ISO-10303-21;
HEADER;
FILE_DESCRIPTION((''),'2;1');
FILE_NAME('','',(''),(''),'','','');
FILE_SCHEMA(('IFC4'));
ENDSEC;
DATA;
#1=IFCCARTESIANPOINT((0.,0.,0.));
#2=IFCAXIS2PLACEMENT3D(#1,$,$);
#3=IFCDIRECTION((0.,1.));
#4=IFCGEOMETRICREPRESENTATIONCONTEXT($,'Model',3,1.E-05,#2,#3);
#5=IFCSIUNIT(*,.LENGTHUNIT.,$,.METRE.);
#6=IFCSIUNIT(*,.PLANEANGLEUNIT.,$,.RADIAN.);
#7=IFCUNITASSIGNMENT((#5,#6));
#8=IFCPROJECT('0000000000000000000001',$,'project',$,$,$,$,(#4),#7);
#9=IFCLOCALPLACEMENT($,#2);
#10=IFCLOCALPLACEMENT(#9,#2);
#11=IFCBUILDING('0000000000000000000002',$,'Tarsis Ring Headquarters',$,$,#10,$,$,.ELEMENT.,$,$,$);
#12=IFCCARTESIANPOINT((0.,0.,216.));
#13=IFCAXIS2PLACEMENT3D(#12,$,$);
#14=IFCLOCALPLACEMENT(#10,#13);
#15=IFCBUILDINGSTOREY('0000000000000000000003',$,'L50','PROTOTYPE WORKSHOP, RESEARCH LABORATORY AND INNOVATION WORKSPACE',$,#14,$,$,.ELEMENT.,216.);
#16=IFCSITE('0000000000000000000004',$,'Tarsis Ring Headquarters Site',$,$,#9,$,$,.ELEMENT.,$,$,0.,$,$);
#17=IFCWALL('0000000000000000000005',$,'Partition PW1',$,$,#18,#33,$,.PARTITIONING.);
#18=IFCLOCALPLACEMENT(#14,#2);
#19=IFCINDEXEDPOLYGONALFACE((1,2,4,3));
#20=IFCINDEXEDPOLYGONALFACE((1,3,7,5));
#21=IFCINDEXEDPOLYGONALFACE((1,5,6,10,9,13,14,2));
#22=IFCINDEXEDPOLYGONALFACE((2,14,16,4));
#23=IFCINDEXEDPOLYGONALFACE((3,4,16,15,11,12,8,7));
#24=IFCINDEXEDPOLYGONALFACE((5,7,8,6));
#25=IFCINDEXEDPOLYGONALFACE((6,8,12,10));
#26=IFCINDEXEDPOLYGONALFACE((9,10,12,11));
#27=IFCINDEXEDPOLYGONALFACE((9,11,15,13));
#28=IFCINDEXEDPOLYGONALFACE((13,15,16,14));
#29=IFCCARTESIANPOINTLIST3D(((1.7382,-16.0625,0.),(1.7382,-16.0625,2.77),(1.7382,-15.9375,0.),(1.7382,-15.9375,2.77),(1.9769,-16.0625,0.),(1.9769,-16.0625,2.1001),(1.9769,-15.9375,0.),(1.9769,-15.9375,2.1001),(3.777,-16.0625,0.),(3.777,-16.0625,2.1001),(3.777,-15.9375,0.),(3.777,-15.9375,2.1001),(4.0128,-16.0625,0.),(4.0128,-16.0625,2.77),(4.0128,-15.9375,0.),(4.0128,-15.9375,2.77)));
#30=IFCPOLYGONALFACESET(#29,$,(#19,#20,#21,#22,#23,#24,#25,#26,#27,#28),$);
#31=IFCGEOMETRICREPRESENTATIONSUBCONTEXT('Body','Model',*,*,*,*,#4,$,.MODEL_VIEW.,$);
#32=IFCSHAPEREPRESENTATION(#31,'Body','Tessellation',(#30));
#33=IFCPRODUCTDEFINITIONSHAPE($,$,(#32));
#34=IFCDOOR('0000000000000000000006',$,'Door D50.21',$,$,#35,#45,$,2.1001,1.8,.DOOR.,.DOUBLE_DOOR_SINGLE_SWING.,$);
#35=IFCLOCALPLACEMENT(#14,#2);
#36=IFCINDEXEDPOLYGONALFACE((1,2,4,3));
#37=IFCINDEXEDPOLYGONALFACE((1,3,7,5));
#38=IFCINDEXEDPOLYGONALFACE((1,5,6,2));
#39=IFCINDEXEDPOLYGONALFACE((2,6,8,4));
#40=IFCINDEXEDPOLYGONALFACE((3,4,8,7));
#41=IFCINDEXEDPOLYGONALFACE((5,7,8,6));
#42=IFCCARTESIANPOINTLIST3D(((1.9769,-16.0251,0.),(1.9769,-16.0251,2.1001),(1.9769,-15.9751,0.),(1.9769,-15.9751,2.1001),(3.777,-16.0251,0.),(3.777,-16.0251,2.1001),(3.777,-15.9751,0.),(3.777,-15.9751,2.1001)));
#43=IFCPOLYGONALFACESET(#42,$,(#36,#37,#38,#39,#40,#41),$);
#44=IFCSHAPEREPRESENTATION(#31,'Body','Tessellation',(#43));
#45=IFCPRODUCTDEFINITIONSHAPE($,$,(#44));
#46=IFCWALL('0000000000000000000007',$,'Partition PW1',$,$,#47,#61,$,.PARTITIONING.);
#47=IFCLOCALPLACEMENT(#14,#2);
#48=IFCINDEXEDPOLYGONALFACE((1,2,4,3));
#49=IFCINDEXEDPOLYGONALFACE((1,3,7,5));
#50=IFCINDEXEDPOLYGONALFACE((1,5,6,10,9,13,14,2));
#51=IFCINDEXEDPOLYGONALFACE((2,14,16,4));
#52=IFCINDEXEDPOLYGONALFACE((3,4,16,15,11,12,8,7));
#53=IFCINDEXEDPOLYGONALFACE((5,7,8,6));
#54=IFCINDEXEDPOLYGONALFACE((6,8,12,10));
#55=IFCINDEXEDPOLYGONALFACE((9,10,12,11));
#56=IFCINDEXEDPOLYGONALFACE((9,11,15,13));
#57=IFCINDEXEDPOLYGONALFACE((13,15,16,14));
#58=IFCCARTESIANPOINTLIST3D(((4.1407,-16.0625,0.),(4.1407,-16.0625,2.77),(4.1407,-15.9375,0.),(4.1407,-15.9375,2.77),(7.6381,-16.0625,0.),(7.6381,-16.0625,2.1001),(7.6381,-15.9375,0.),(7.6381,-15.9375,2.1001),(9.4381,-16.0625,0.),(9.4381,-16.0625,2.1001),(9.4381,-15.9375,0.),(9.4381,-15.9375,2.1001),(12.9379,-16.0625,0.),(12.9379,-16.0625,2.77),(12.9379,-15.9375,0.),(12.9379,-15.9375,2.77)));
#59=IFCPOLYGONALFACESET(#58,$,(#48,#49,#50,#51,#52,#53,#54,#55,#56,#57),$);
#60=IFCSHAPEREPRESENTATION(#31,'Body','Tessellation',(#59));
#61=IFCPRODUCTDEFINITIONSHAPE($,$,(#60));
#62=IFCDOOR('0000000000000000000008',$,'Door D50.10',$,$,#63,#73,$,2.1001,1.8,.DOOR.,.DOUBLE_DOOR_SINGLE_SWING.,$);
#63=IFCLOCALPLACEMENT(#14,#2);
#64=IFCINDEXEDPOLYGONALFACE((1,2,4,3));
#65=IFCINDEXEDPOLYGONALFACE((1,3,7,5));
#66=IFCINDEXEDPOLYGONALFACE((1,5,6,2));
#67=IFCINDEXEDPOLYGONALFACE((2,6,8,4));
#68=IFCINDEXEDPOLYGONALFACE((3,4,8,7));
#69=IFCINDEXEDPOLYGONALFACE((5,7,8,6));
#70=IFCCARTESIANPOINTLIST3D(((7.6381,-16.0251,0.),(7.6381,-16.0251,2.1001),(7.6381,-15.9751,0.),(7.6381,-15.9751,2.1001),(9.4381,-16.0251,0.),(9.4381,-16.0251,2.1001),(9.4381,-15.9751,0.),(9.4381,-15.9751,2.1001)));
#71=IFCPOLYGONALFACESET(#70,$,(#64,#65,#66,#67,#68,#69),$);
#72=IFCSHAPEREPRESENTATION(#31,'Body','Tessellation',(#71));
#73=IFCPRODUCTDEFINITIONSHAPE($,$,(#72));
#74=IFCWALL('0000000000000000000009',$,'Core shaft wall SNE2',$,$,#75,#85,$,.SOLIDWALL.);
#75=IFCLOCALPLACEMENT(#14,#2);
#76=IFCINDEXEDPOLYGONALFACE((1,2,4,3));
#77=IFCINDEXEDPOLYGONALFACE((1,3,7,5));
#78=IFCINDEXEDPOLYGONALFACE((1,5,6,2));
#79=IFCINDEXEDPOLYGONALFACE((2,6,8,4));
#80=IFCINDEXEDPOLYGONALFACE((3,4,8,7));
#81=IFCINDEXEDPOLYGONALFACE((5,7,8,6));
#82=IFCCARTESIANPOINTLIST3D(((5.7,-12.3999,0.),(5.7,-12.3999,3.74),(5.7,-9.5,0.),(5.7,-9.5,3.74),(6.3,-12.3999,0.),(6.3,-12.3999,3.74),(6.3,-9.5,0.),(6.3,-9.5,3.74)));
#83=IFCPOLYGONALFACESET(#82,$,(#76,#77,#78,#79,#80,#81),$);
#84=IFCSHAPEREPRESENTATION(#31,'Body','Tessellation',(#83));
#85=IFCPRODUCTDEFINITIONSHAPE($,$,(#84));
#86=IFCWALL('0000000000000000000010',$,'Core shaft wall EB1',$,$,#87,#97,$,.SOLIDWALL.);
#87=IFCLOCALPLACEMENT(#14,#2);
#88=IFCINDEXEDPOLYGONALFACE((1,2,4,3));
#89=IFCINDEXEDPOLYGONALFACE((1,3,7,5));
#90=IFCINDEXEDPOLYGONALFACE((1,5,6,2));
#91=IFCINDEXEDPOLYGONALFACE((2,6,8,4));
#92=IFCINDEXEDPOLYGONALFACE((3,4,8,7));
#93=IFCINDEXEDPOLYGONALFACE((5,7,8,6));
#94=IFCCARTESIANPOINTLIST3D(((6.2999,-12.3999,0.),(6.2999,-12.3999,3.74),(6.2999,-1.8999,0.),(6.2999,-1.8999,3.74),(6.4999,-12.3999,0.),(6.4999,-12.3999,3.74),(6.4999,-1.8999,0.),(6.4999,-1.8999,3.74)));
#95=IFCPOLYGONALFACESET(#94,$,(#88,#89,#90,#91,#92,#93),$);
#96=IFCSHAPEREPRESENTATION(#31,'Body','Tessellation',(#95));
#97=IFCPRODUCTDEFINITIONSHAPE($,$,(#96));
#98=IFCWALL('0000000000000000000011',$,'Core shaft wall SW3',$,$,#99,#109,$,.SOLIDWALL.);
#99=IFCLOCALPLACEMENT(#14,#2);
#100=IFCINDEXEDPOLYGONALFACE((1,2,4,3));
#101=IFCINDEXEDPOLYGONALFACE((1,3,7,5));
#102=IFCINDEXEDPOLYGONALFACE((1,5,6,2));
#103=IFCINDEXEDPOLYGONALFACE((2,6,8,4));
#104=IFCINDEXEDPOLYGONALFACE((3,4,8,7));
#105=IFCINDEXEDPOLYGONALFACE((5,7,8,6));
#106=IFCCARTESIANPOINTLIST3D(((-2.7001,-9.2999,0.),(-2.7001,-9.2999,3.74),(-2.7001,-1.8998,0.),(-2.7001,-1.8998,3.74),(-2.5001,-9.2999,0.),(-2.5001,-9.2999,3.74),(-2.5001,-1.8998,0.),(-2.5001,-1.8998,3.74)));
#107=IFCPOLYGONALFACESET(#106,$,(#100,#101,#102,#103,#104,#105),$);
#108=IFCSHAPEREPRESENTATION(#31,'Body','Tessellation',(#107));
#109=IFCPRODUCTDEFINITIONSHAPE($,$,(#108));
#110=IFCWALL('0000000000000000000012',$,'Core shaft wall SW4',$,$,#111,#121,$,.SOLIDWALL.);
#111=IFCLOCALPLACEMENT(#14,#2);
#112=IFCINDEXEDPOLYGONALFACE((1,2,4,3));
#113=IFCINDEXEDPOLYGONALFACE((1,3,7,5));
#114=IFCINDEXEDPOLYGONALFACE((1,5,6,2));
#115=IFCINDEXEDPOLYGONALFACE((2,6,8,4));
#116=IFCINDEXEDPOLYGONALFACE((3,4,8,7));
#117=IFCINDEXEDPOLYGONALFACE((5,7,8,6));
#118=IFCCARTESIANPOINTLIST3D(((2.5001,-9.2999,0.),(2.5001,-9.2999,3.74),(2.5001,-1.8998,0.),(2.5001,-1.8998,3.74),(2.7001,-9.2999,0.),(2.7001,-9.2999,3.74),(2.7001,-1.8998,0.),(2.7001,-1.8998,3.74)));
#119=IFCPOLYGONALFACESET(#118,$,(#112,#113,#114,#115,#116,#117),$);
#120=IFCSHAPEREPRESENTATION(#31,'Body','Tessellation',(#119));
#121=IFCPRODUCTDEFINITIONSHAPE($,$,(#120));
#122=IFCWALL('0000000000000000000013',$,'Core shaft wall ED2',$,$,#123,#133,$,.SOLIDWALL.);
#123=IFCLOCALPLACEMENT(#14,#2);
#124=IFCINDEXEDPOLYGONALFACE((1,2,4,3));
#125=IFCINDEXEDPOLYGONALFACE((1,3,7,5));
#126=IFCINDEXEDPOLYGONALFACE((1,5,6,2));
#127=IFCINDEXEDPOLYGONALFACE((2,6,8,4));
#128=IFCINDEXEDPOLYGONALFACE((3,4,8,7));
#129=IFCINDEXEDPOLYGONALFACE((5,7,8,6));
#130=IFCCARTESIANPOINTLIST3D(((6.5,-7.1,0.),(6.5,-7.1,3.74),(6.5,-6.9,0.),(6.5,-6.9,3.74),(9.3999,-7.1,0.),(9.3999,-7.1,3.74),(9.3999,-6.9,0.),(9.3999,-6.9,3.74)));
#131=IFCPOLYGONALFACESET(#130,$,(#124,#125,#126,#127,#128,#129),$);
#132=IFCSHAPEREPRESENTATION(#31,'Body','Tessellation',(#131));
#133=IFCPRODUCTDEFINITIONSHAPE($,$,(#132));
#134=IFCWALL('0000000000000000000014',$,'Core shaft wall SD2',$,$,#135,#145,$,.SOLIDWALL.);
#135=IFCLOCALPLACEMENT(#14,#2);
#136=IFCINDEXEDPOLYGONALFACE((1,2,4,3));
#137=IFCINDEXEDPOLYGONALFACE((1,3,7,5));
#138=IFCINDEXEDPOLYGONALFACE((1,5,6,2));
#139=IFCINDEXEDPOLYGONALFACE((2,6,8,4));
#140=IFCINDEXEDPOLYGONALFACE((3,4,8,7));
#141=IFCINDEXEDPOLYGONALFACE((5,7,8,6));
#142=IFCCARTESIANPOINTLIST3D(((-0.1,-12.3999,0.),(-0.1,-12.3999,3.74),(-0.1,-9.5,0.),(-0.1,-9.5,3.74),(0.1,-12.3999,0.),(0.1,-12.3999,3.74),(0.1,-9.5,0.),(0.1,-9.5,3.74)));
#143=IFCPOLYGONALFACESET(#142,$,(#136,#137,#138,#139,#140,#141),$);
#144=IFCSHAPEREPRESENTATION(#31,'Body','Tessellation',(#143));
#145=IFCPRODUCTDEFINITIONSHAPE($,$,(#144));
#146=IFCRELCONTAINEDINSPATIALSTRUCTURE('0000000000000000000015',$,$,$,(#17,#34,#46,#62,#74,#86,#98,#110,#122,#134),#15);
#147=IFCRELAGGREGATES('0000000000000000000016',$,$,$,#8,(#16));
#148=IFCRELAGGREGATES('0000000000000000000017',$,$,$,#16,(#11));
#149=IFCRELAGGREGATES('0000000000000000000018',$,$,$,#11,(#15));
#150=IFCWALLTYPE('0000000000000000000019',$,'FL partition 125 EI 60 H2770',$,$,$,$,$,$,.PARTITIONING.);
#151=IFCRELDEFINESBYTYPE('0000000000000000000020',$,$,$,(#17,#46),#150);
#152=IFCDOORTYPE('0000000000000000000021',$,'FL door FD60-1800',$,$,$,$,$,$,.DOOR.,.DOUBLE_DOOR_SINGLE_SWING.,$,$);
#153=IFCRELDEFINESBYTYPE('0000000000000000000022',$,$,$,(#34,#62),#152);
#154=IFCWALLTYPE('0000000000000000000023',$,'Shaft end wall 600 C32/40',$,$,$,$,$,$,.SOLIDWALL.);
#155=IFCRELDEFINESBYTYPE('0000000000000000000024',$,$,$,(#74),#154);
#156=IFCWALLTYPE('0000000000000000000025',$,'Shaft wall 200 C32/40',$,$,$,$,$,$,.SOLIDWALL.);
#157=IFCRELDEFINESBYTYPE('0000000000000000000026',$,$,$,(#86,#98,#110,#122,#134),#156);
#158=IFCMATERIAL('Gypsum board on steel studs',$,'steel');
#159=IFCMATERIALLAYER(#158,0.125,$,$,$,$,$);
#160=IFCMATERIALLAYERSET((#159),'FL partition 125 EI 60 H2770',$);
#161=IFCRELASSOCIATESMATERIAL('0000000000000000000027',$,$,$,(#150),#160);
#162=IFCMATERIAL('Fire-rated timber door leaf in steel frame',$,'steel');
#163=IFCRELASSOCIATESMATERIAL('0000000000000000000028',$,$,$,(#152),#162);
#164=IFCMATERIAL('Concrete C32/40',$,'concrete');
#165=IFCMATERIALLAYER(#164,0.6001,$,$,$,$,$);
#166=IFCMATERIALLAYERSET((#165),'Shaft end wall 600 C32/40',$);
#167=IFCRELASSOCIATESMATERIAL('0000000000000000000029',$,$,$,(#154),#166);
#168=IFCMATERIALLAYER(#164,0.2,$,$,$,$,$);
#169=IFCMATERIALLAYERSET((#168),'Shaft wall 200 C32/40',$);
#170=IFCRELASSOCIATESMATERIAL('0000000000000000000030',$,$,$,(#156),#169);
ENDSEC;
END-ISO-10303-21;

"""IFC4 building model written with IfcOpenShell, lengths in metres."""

from ifc_helpers import new_model, si_unit, direction, frame, frame_2d, origin, place, context, subcontext, project, spatial, rectangle, extrude, material, layer, layer_set, type_object, element, fill, save


model = new_model("IFC4")

# Units and contexts
model_context = context("Model", 3, precision=1e-05, world=origin(), true_north=direction((0.0, 1.0)))
body_context = subcontext(model_context, "Body", "Model", "MODEL_VIEW")
ifc_project = project(units=[si_unit("LENGTHUNIT", "METRE"), si_unit("PLANEANGLEUNIT", "RADIAN")], contexts=[model_context])

# Site, building, storey
site_placement = place(None, origin())
site = spatial("IfcSite", under=ifc_project, at=site_placement, Name="Tarsis Ring Headquarters Site", CompositionType="ELEMENT", RefElevation=0.0)
building_placement = place(site_placement, origin())
building = spatial("IfcBuilding", under=site, at=building_placement, Name="Tarsis Ring Headquarters", CompositionType="ELEMENT")
storey_placement = place(building_placement, frame((0.0, 0.0, 216.0)))
storey = spatial("IfcBuildingStorey", under=building, at=storey_placement, Name="L50", Description="PROTOTYPE WORKSHOP, RESEARCH LABORATORY AND INNOVATION WORKSPACE", CompositionType="ELEMENT", Elevation=216.0)

# Shared definitions
ifc_material_1 = material(Name="Gypsum board on steel studs", Category="steel")
ifc_layer_1 = layer(ifc_material_1, 0.125)
ifc_layer_set_1 = layer_set([ifc_layer_1], Name="FL partition 125 EI 60 H2770")
wall_type_1 = type_object("IfcWallType", Name="FL partition 125 EI 60 H2770", PredefinedType="PARTITIONING", material=ifc_layer_set_1)

# Walls, openings, doors
wall_1_placement = place(storey_placement, frame((1.7383, -16.0, 0.0), z_axis=(0.0, 0.0, 1.0), x_axis=(1.0, 0.0, 0.0)))
wall_1 = element("IfcWall", 1, at=wall_1_placement, inside=storey, type_object=wall_type_1, Name="Partition PW1", PredefinedType="PARTITIONING", context=body_context, shape_type="SweptSolid", body=[
    extrude(rectangle(XDim=2.2747, YDim=0.125, at=frame_2d((1.1372, 0.0))), origin(), (0.0, 0.0, 1.0), 2.77),
])
opening_1_placement = place(wall_1_placement, frame((0.2388, 0.0, 0.0)))
opening_1 = element("IfcOpeningElement", 2, at=opening_1_placement, cuts=wall_1, PredefinedType="OPENING", context=body_context, shape_type="SweptSolid", body=[
    extrude(rectangle(XDim=1.8, YDim=2.1001, at=frame_2d((0.8999, 1.05))), frame((0.0, 0.0725, 0.0), z_axis=(0.0, -1.0, 0.0), x_axis=(1.0, 0.0, 0.0)), (0.0, 0.0, 1.0), 0.145),
])
ifc_material_2 = material(Name="Fire-rated timber door leaf in steel frame", Category="steel")
door_type_1 = type_object("IfcDoorType", Name="FL door FD60-1800", OperationType="DOUBLE_DOOR_SINGLE_SWING", PredefinedType="DOOR", material=ifc_material_2)
door_1_placement = place(opening_1_placement, origin())
door_1 = element("IfcDoor", 3, at=door_1_placement, inside=storey, type_object=door_type_1, Name="Door D50.21", OperationType="DOUBLE_DOOR_SINGLE_SWING", OverallHeight=2.1001, OverallWidth=1.8, PredefinedType="DOOR", context=body_context, shape_type="SweptSolid", body=[
    extrude(rectangle(XDim=1.8, YDim=2.1001, at=frame_2d((0.8999, 1.05))), frame((0.0, 0.0249, 0.0), z_axis=(0.0, -1.0, 0.0), x_axis=(1.0, 0.0, 0.0)), (0.0, 0.0, 1.0), 0.05),
])
fill(opening_1, door_1)
wall_2_placement = place(storey_placement, frame((4.1409, -16.0, 0.0), z_axis=(0.0, 0.0, 1.0), x_axis=(1.0, 0.0, 0.0)))
wall_2 = element("IfcWall", 4, at=wall_2_placement, inside=storey, type_object=wall_type_1, Name="Partition PW1", PredefinedType="PARTITIONING", context=body_context, shape_type="SweptSolid", body=[
    extrude(rectangle(XDim=8.7971, YDim=0.125, at=frame_2d((4.3984, 0.0))), origin(), (0.0, 0.0, 1.0), 2.77),
])
opening_2_placement = place(wall_2_placement, frame((3.4973, 0.0, 0.0)))
opening_2 = element("IfcOpeningElement", 5, at=opening_2_placement, cuts=wall_2, PredefinedType="OPENING", context=body_context, shape_type="SweptSolid", body=[
    extrude(rectangle(XDim=1.8, YDim=2.1001, at=frame_2d((0.8999, 1.05))), frame((0.0, 0.0725, 0.0), z_axis=(0.0, -1.0, 0.0), x_axis=(1.0, 0.0, 0.0)), (0.0, 0.0, 1.0), 0.145),
])
door_2_placement = place(opening_2_placement, origin())
door_2 = element("IfcDoor", 6, at=door_2_placement, inside=storey, type_object=door_type_1, Name="Door D50.10", OperationType="DOUBLE_DOOR_SINGLE_SWING", OverallHeight=2.1001, OverallWidth=1.8, PredefinedType="DOOR", context=body_context, shape_type="SweptSolid", body=[
    extrude(rectangle(XDim=1.8, YDim=2.1001, at=frame_2d((0.8999, 1.05))), frame((0.0, 0.0249, 0.0), z_axis=(0.0, -1.0, 0.0), x_axis=(1.0, 0.0, 0.0)), (0.0, 0.0, 1.0), 0.05),
])
fill(opening_2, door_2)

# Walls
ifc_material_3 = material(Name="Concrete C32/40", Category="concrete")
ifc_layer_2 = layer(ifc_material_3, 0.6001)
ifc_layer_set_2 = layer_set([ifc_layer_2], Name="Shaft end wall 600 C32/40")
wall_type_2 = type_object("IfcWallType", Name="Shaft end wall 600 C32/40", PredefinedType="SOLIDWALL", material=ifc_layer_set_2)
wall_3_placement = place(storey_placement, frame((6.0, -12.3999, 0.0), z_axis=(0.0, 0.0, 1.0), x_axis=(0.0, 1.0, 0.0)))
element("IfcWall", 7, at=wall_3_placement, inside=storey, type_object=wall_type_2, Name="Core shaft wall SNE2", PredefinedType="SOLIDWALL", context=body_context, shape_type="SweptSolid", body=[
    extrude(rectangle(XDim=2.8999, YDim=0.6001, at=frame_2d((1.45, 0.0))), origin(), (0.0, 0.0, 1.0), 3.74),
])
ifc_layer_3 = layer(ifc_material_3, 0.2)
ifc_layer_set_3 = layer_set([ifc_layer_3], Name="Shaft wall 200 C32/40")
wall_type_3 = type_object("IfcWallType", Name="Shaft wall 200 C32/40", PredefinedType="SOLIDWALL", material=ifc_layer_set_3)
wall_4_placement = place(storey_placement, frame((6.3999, -12.3999, 0.0), z_axis=(0.0, 0.0, 1.0), x_axis=(0.0, 1.0, 0.0)))
element("IfcWall", 8, at=wall_4_placement, inside=storey, type_object=wall_type_3, Name="Core shaft wall EB1", PredefinedType="SOLIDWALL", context=body_context, shape_type="SweptSolid", body=[
    extrude(rectangle(XDim=10.5, YDim=0.2, at=frame_2d((5.25, 0.0))), origin(), (0.0, 0.0, 1.0), 3.74),
])
for number, where, z_axis, x_axis, name in (
    (9, (-2.6001, -9.3, 0.0), (0.0, 0.0, 1.0), (0.0, 1.0, 0.0), "Core shaft wall SW3"),
    (10, (2.6001, -9.3, 0.0), (0.0, 0.0, 1.0), (0.0, 1.0, 0.0), "Core shaft wall SW4"),
):
    element("IfcWall", number, at=place(storey_placement, frame(where, z_axis=z_axis, x_axis=x_axis)), inside=storey, type_object=wall_type_3, Name=name, PredefinedType="SOLIDWALL", context=body_context, shape_type="SweptSolid", body=[
        extrude(rectangle(XDim=7.4001, YDim=0.2, at=frame_2d((3.7002, 0.0))), origin(), (0.0, 0.0, 1.0), 3.74),
    ])
for number, where, z_axis, x_axis, name in (
    (11, (6.5, -7.0, 0.0), (0.0, 0.0, 1.0), (1.0, 0.0, 0.0), "Core shaft wall ED2"),
    (12, (0.0, -12.3999, 0.0), (0.0, 0.0, 1.0), (0.0, 1.0, 0.0), "Core shaft wall SD2"),
):
    element("IfcWall", number, at=place(storey_placement, frame(where, z_axis=z_axis, x_axis=x_axis)), inside=storey, type_object=wall_type_3, Name=name, PredefinedType="SOLIDWALL", context=body_context, shape_type="SweptSolid", body=[
        extrude(rectangle(XDim=2.8999, YDim=0.2, at=frame_2d((1.45, 0.0))), origin(), (0.0, 0.0, 1.0), 3.74),
    ])

save(model, "model.ifc")
